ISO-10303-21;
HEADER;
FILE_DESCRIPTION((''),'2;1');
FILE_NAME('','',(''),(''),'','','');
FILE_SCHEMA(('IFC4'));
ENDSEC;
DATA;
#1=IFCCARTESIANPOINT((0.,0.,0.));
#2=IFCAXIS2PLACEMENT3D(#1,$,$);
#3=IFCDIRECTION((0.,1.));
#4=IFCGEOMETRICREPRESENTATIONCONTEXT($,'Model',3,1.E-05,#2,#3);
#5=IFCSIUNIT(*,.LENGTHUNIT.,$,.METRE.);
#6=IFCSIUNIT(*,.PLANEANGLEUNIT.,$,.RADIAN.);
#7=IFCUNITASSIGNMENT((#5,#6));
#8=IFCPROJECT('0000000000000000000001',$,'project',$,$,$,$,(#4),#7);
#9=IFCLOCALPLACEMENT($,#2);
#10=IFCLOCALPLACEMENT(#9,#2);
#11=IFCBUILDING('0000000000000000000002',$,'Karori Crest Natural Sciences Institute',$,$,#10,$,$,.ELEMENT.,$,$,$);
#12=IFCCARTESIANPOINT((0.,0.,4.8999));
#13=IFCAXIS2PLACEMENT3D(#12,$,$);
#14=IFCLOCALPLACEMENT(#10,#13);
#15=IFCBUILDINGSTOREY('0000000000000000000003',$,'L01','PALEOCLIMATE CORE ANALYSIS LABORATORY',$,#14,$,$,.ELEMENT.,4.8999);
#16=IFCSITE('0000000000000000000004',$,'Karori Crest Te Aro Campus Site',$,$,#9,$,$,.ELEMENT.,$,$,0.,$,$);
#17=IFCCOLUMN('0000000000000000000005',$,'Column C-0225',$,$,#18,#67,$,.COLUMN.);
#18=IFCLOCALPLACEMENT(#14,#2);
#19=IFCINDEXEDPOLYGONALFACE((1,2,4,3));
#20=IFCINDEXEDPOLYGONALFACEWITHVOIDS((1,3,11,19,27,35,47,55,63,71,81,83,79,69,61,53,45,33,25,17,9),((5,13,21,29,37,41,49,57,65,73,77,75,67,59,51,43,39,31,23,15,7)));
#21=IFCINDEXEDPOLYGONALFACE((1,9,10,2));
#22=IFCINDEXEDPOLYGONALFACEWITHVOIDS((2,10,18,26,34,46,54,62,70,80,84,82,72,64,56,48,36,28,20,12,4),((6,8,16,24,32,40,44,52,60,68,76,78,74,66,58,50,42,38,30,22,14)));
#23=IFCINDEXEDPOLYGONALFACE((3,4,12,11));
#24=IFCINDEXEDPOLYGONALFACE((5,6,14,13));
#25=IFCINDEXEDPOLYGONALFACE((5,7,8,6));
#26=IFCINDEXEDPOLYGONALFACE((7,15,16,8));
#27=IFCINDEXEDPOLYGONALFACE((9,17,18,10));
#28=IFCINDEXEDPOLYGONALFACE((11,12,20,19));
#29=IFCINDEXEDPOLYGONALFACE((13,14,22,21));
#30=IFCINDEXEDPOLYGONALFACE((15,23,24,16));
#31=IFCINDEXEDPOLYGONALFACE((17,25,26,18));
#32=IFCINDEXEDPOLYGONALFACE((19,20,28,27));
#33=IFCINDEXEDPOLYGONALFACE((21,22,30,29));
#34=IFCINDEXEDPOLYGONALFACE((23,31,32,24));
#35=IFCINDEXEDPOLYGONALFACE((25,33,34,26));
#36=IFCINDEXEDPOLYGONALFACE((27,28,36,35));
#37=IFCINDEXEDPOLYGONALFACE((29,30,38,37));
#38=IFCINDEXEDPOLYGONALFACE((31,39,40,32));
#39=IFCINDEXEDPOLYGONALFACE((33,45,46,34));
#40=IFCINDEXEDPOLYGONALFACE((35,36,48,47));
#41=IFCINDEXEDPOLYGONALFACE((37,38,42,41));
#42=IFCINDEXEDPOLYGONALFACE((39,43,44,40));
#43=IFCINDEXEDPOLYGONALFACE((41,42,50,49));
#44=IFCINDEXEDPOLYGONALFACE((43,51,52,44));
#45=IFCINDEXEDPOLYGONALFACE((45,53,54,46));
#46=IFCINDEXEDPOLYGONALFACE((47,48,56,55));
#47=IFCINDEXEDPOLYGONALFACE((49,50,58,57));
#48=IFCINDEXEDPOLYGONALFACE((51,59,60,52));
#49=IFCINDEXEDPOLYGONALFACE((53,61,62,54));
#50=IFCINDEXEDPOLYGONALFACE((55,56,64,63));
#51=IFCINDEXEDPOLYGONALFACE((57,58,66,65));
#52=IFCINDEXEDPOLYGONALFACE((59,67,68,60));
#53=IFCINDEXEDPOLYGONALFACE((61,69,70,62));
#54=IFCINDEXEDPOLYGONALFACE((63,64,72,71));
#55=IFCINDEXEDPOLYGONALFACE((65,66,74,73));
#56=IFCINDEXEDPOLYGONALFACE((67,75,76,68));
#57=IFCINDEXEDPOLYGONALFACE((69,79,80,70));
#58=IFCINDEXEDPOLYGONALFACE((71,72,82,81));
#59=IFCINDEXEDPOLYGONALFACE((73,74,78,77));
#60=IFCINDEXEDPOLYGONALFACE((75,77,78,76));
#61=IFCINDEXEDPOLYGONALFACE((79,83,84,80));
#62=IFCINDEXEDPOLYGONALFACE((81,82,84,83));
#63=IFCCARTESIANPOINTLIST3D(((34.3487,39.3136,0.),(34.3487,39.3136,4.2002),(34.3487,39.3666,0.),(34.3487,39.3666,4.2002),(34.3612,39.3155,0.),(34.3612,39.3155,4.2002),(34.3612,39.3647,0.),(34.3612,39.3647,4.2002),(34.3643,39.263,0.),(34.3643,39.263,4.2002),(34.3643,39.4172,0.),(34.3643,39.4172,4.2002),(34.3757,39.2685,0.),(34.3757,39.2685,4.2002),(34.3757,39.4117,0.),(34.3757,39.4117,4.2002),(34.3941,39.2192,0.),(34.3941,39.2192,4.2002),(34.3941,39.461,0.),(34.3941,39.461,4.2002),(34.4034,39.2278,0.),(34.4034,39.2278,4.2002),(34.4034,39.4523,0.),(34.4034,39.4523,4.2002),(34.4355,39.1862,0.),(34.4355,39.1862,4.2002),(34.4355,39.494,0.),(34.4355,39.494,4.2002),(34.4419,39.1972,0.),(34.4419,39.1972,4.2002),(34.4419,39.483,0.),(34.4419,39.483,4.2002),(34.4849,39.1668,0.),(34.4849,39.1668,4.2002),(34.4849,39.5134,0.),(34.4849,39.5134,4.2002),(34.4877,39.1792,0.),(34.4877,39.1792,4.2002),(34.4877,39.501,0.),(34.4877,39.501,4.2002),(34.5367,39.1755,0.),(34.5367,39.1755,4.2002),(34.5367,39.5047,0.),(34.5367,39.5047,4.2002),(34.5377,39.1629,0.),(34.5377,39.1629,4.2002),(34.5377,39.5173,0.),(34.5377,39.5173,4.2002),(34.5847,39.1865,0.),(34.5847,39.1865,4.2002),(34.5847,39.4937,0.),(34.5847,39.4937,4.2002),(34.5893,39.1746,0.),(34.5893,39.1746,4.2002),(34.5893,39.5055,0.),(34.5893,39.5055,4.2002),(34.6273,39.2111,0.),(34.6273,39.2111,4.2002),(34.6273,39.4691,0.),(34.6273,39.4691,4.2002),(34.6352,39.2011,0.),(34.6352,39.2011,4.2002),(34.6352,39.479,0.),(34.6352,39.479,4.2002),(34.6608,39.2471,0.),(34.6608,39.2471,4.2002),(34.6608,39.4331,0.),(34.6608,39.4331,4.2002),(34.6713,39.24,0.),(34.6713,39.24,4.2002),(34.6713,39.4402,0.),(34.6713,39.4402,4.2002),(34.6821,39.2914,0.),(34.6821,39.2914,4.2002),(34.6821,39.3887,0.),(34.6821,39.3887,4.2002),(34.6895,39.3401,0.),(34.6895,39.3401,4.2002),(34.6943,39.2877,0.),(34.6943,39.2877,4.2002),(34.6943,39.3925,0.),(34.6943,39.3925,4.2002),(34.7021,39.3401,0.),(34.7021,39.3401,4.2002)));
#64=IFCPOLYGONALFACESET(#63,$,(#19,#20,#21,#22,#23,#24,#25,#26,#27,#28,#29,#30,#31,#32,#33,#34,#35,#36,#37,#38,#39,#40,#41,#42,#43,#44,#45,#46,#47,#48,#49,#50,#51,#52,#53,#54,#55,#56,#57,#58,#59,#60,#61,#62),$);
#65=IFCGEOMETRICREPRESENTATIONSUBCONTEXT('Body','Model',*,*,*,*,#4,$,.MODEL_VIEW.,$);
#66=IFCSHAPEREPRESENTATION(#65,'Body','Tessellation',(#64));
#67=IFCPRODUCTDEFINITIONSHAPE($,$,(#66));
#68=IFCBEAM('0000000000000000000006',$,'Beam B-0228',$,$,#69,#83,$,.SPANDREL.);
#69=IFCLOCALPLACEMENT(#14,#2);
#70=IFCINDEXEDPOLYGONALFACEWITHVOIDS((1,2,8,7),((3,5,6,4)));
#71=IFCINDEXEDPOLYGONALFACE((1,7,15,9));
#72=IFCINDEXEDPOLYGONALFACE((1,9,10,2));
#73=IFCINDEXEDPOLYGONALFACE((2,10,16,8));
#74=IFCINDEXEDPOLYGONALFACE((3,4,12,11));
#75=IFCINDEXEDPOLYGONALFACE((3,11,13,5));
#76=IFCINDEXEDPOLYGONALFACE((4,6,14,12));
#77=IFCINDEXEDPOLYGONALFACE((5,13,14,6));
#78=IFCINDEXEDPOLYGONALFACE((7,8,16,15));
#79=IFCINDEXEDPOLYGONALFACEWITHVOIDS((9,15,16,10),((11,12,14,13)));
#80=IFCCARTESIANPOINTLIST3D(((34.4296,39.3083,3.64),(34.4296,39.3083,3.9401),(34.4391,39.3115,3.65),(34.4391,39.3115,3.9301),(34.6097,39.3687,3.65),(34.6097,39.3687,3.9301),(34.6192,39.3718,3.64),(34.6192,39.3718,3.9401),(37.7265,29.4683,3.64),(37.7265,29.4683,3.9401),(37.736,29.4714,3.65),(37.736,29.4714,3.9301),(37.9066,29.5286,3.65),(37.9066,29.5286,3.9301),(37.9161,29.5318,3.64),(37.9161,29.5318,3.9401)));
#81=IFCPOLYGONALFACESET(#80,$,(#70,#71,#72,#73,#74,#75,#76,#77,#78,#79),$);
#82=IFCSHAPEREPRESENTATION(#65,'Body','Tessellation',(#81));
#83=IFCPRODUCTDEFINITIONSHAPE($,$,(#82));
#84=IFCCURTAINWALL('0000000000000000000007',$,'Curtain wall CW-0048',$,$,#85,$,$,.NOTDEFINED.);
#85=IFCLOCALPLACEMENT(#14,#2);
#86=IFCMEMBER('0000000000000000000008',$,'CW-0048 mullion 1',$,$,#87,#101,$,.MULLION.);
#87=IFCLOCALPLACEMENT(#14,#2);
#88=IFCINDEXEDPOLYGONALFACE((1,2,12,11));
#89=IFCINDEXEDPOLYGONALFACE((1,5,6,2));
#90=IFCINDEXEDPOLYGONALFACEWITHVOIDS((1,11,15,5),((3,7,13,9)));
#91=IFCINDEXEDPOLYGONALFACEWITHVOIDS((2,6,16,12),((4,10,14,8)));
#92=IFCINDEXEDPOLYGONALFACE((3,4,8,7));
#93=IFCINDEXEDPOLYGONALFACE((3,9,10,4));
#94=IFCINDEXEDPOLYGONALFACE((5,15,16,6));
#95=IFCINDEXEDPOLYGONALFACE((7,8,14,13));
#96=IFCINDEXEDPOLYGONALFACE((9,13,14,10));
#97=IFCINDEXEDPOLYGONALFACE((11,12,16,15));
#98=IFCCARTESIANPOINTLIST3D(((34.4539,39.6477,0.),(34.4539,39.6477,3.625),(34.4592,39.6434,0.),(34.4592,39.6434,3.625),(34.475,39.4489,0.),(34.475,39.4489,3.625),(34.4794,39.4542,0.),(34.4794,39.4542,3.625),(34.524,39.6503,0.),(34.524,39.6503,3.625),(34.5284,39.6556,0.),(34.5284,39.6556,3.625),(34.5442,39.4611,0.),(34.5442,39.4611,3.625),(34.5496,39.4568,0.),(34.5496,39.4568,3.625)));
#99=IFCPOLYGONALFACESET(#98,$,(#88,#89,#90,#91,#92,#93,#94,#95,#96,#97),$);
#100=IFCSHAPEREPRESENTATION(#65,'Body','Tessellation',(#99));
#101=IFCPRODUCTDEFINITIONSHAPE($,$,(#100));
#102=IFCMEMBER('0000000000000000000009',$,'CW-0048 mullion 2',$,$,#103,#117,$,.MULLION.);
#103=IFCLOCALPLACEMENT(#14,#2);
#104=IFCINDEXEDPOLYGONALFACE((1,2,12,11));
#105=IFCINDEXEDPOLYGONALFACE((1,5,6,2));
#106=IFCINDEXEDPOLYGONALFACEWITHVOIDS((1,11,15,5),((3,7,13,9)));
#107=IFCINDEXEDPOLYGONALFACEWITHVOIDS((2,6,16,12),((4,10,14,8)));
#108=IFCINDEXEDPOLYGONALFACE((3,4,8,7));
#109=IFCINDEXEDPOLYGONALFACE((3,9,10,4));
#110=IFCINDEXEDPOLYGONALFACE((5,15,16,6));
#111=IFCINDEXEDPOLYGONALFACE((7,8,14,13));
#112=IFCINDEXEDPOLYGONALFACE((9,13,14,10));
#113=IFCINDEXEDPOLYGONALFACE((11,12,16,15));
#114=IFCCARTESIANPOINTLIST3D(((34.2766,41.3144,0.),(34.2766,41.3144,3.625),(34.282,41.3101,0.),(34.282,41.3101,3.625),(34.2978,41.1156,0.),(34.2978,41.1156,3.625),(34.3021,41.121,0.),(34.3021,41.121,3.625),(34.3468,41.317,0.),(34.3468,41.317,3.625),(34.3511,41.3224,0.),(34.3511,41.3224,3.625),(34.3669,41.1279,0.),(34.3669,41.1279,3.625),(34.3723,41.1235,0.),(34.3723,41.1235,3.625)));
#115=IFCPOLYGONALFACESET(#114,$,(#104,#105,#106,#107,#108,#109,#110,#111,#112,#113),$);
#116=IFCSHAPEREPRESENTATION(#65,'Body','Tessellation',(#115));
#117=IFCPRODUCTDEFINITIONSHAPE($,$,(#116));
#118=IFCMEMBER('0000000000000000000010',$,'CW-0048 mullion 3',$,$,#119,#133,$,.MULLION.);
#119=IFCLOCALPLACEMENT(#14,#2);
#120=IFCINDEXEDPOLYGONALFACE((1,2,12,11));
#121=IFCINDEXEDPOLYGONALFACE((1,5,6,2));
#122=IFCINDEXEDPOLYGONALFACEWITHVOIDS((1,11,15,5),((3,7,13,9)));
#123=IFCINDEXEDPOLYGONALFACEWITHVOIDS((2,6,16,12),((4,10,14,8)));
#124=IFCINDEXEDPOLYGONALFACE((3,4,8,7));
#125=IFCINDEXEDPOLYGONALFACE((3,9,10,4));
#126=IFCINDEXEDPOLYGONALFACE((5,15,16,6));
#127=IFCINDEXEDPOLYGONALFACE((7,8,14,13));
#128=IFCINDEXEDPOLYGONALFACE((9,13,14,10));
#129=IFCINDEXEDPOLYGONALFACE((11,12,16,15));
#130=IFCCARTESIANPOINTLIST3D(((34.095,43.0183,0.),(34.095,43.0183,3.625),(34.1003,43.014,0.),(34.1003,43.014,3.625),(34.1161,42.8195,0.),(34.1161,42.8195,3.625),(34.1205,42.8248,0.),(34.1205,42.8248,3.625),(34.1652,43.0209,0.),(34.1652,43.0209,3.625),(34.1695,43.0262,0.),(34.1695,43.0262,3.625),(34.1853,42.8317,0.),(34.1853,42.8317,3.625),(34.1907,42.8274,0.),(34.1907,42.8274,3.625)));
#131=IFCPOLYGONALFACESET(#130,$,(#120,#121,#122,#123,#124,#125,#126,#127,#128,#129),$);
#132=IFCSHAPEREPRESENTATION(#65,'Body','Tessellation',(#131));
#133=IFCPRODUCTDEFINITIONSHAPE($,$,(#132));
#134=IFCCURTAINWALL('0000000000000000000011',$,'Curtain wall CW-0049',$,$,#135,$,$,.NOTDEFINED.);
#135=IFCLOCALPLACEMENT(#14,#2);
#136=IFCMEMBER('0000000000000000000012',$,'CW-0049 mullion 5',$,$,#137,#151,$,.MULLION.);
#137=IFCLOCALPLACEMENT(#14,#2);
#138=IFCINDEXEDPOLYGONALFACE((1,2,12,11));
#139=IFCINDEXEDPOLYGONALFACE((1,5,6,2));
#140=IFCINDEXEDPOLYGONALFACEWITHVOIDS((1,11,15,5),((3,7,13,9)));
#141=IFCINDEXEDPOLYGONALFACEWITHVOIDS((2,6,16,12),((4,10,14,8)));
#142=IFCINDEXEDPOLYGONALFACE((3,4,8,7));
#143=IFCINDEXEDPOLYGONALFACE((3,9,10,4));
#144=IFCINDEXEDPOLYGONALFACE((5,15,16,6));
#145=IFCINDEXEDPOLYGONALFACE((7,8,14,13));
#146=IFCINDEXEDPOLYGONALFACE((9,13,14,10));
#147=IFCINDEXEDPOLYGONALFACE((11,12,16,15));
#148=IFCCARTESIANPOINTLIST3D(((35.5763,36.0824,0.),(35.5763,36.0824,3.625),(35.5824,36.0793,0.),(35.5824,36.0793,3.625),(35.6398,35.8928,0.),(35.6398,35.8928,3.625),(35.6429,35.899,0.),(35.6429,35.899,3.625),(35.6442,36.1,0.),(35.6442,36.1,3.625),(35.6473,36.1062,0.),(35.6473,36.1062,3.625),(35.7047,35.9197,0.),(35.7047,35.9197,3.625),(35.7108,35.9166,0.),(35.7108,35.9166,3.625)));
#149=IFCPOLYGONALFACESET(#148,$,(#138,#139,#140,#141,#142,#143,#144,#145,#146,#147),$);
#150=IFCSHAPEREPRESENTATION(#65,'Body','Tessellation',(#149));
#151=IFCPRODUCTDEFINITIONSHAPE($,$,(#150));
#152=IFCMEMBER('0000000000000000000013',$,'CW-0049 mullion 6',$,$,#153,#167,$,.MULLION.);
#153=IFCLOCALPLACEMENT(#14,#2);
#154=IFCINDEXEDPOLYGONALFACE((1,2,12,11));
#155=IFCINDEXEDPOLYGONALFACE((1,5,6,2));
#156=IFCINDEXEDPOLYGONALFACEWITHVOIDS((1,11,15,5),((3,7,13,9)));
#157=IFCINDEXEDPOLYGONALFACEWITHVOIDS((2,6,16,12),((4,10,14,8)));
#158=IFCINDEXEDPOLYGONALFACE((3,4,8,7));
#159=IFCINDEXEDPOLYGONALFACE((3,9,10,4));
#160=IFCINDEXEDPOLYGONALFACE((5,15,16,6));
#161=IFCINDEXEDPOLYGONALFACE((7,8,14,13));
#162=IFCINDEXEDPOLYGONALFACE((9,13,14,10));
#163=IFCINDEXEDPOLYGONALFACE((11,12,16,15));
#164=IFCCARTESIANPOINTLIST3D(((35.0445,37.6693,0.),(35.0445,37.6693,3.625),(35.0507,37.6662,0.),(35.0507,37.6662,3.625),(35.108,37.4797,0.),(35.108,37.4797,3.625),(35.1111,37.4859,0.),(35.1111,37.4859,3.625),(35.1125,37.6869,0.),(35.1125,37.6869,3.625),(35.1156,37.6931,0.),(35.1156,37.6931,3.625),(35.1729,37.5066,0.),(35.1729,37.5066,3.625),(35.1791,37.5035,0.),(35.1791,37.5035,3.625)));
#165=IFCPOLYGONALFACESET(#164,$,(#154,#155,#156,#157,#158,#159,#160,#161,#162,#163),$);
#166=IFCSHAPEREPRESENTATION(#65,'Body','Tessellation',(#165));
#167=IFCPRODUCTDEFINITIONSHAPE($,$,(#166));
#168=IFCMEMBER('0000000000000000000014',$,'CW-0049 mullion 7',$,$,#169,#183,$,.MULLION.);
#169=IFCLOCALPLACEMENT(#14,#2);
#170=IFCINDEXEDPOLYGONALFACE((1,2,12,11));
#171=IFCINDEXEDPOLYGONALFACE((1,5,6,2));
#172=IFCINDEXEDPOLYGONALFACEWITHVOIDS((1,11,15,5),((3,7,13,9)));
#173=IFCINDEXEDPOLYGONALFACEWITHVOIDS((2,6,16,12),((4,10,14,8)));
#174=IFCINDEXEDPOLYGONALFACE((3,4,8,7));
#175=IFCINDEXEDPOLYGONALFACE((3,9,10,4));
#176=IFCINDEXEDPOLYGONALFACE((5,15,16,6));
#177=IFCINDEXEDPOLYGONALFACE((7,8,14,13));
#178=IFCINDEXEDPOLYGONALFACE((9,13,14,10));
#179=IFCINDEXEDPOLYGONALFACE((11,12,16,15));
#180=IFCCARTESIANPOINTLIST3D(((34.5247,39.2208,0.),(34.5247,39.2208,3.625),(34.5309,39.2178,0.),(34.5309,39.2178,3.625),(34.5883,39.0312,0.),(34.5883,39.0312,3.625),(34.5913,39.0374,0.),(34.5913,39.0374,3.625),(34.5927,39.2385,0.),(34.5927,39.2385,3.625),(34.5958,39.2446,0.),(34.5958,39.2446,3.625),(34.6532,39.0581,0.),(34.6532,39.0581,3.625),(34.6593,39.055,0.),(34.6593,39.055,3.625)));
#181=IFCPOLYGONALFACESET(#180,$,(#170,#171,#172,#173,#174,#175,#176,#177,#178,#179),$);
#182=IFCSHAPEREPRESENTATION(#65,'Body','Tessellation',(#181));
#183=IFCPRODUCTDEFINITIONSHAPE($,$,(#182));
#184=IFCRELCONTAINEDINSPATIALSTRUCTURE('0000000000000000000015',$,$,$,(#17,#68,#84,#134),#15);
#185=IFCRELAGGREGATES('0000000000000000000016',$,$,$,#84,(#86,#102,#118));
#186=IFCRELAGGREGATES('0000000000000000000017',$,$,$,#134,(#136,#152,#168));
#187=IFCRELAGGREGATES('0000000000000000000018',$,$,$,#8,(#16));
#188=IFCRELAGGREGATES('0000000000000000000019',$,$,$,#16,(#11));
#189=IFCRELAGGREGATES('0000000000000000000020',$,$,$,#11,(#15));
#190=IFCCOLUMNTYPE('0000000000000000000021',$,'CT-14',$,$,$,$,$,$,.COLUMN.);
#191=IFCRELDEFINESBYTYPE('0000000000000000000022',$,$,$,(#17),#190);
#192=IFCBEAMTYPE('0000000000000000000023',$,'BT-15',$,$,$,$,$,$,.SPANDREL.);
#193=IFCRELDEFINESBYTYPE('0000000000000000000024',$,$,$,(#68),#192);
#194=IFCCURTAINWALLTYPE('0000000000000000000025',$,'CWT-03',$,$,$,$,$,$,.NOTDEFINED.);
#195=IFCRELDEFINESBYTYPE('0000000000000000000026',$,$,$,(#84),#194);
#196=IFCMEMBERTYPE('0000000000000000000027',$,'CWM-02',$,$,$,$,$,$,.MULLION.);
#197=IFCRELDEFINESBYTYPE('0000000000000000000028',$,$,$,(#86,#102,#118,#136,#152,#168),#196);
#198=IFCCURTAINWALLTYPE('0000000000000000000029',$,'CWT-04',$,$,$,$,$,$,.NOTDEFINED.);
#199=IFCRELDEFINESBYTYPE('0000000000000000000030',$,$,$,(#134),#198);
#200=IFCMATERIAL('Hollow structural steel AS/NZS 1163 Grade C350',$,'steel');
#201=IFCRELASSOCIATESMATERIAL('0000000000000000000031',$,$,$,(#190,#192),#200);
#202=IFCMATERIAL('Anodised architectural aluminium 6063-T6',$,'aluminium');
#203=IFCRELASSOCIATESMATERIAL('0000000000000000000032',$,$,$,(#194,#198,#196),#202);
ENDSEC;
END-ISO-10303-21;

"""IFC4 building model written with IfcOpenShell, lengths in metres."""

from ifc_helpers import new_model, si_unit, direction, frame, origin, origin_2d, place, context, subcontext, project, spatial, hollow_rectangle, hollow_circle, extrude, material, material_profile, profile_set, type_object, element, aggregate, save


model = new_model("IFC4")

# Units and contexts
model_context = context("Model", 3, precision=1e-05, world=origin(), true_north=direction((0.0, 1.0)))
body_context = subcontext(model_context, "Body", "Model", "MODEL_VIEW")
ifc_project = project(units=[si_unit("LENGTHUNIT", "METRE"), si_unit("PLANEANGLEUNIT", "RADIAN")], contexts=[model_context])

# Site, building, storey
site_placement = place(None, origin())
site = spatial("IfcSite", under=ifc_project, at=site_placement, Name="Karori Crest Te Aro Campus Site", CompositionType="ELEMENT", RefElevation=0.0)
building_placement = place(site_placement, origin())
building = spatial("IfcBuilding", under=site, at=building_placement, Name="Karori Crest Natural Sciences Institute", CompositionType="ELEMENT")
storey_placement = place(building_placement, frame((0.0, 0.0, 4.8999)))
storey = spatial("IfcBuildingStorey", under=building, at=storey_placement, Name="L01", Description="PALEOCLIMATE CORE ANALYSIS LABORATORY", CompositionType="ELEMENT", Elevation=4.8999)

# Column
ifc_material_1 = material(Name="Hollow structural steel AS/NZS 1163 Grade C350", Category="steel")
ifc_material_profile_1 = material_profile(ifc_material_1, hollow_circle(Radius=0.1777, WallThickness=0.0127, at=origin_2d()), Name="CHS355.6x12.7")
ifc_profile_set_1 = profile_set([ifc_material_profile_1], Name="Hollow structural steel AS/NZS 1163 Grade C350")
column_type = type_object("IfcColumnType", Name="CT-14", PredefinedType="COLUMN", material=ifc_profile_set_1)
column_placement = place(storey_placement, frame((34.5244, 39.3401, 0.0), z_axis=(0.0, 0.0, 1.0), x_axis=(1.0, 0.0, 0.0)))
element("IfcColumn", 1, at=column_placement, inside=storey, type_object=column_type, Name="Column C-0225", PredefinedType="COLUMN", context=body_context, shape_type="SweptSolid", body=[
    extrude(hollow_circle(Radius=0.1777, WallThickness=0.0127, at=origin_2d()), origin(), (0.0, 0.0, 1.0), 4.2002),
])

# Beam
ifc_material_profile_2 = material_profile(ifc_material_1, hollow_rectangle(XDim=0.2, YDim=0.3, WallThickness=0.01, at=origin_2d()), Name="RHS300x200x10")
ifc_profile_set_2 = profile_set([ifc_material_profile_2], Name="Hollow structural steel AS/NZS 1163 Grade C350")
beam_type = type_object("IfcBeamType", Name="BT-15", PredefinedType="SPANDREL", material=ifc_profile_set_2)
beam_placement = place(storey_placement, frame((34.5244, 39.3401, 3.79), z_axis=(0.317688, -0.948195, 0.0), x_axis=(0.948195, 0.317688, 0.0)))
element("IfcBeam", 2, at=beam_placement, inside=storey, type_object=beam_type, Name="Beam B-0228", PredefinedType="SPANDREL", context=body_context, shape_type="SweptSolid", body=[
    extrude(hollow_rectangle(XDim=0.2, YDim=0.3, WallThickness=0.01, at=origin_2d()), origin(), (0.0, 0.0, 1.0), 10.3777),
])

# Curtain walls, members
ifc_material_2 = material(Name="Anodised architectural aluminium 6063-T6", Category="aluminium")
curtain_wall_type_1 = type_object("IfcCurtainWallType", Name="CWT-03", PredefinedType="NOTDEFINED", material=ifc_material_2)
curtain_wall_1_placement = place(storey_placement, origin())
curtain_wall_1 = element("IfcCurtainWall", 3, at=curtain_wall_1_placement, inside=storey, type_object=curtain_wall_type_1, Name="Curtain wall CW-0048", PredefinedType="NOTDEFINED")
ifc_material_profile_3 = material_profile(ifc_material_2, hollow_rectangle(XDim=0.075, YDim=0.2, WallThickness=0.0049, at=origin_2d()), Name="CWM200x75x5")
ifc_profile_set_3 = profile_set([ifc_material_profile_3], Name="Anodised architectural aluminium 6063-T6")
member_type_1 = type_object("IfcMemberType", Name="CWM-02", PredefinedType="MULLION", material=ifc_profile_set_3)
member_1_placement = place(storey_placement, frame((34.5017, 39.5522, 0.0), z_axis=(0.0, 0.0, 1.0), x_axis=(-0.994379, -0.105882, 0.0)))
member_1 = element("IfcMember", 4, at=member_1_placement, type_object=member_type_1, Name="CW-0048 mullion 1", PredefinedType="MULLION", context=body_context, shape_type="SweptSolid", body=[
    extrude(hollow_rectangle(XDim=0.075, YDim=0.2, WallThickness=0.0049, at=origin_2d()), origin(), (0.0, 0.0, 1.0), 3.625),
])
member_2_placement = place(storey_placement, frame((34.3245, 41.219, 0.0), z_axis=(0.0, 0.0, 1.0), x_axis=(-0.994379, -0.105882, 0.0)))
member_2 = element("IfcMember", 5, at=member_2_placement, type_object=member_type_1, Name="CW-0048 mullion 2", PredefinedType="MULLION", context=body_context, shape_type="SweptSolid", body=[
    extrude(hollow_rectangle(XDim=0.075, YDim=0.2, WallThickness=0.0049, at=origin_2d()), origin(), (0.0, 0.0, 1.0), 3.625),
])
member_3_placement = place(storey_placement, frame((34.1428, 42.9229, 0.0), z_axis=(0.0, 0.0, 1.0), x_axis=(-0.994379, -0.105882, 0.0)))
member_3 = element("IfcMember", 6, at=member_3_placement, type_object=member_type_1, Name="CW-0048 mullion 3", PredefinedType="MULLION", context=body_context, shape_type="SweptSolid", body=[
    extrude(hollow_rectangle(XDim=0.075, YDim=0.2, WallThickness=0.0049, at=origin_2d()), origin(), (0.0, 0.0, 1.0), 3.625),
])
curtain_wall_type_2 = type_object("IfcCurtainWallType", Name="CWT-04", PredefinedType="NOTDEFINED", material=ifc_material_2)
curtain_wall_2_placement = place(storey_placement, origin())
curtain_wall_2 = element("IfcCurtainWall", 7, at=curtain_wall_2_placement, inside=storey, type_object=curtain_wall_type_2, Name="Curtain wall CW-0049", PredefinedType="NOTDEFINED")
member_4_placement = place(storey_placement, frame((35.6436, 35.9995, 0.0), z_axis=(0.0, 0.0, 1.0), x_axis=(-0.948196, -0.317685, 0.0)))
member_4 = element("IfcMember", 8, at=member_4_placement, type_object=member_type_1, Name="CW-0049 mullion 5", PredefinedType="MULLION", context=body_context, shape_type="SweptSolid", body=[
    extrude(hollow_rectangle(XDim=0.075, YDim=0.2, WallThickness=0.0049, at=origin_2d()), origin(), (0.0, 0.0, 1.0), 3.625),
])
member_5_placement = place(storey_placement, frame((35.1118, 37.5864, 0.0), z_axis=(0.0, 0.0, 1.0), x_axis=(-0.948196, -0.317685, 0.0)))
member_5 = element("IfcMember", 9, at=member_5_placement, type_object=member_type_1, Name="CW-0049 mullion 6", PredefinedType="MULLION", context=body_context, shape_type="SweptSolid", body=[
    extrude(hollow_rectangle(XDim=0.075, YDim=0.2, WallThickness=0.0049, at=origin_2d()), origin(), (0.0, 0.0, 1.0), 3.625),
])
member_6_placement = place(storey_placement, frame((34.592, 39.1379, 0.0), z_axis=(0.0, 0.0, 1.0), x_axis=(-0.948196, -0.317685, 0.0)))
member_6 = element("IfcMember", 10, at=member_6_placement, type_object=member_type_1, Name="CW-0049 mullion 7", PredefinedType="MULLION", context=body_context, shape_type="SweptSolid", body=[
    extrude(hollow_rectangle(XDim=0.075, YDim=0.2, WallThickness=0.0049, at=origin_2d()), origin(), (0.0, 0.0, 1.0), 3.625),
])

aggregate(curtain_wall_1, [member_1, member_2, member_3])
aggregate(curtain_wall_2, [member_4, member_5, member_6])

save(model, "model.ifc")
